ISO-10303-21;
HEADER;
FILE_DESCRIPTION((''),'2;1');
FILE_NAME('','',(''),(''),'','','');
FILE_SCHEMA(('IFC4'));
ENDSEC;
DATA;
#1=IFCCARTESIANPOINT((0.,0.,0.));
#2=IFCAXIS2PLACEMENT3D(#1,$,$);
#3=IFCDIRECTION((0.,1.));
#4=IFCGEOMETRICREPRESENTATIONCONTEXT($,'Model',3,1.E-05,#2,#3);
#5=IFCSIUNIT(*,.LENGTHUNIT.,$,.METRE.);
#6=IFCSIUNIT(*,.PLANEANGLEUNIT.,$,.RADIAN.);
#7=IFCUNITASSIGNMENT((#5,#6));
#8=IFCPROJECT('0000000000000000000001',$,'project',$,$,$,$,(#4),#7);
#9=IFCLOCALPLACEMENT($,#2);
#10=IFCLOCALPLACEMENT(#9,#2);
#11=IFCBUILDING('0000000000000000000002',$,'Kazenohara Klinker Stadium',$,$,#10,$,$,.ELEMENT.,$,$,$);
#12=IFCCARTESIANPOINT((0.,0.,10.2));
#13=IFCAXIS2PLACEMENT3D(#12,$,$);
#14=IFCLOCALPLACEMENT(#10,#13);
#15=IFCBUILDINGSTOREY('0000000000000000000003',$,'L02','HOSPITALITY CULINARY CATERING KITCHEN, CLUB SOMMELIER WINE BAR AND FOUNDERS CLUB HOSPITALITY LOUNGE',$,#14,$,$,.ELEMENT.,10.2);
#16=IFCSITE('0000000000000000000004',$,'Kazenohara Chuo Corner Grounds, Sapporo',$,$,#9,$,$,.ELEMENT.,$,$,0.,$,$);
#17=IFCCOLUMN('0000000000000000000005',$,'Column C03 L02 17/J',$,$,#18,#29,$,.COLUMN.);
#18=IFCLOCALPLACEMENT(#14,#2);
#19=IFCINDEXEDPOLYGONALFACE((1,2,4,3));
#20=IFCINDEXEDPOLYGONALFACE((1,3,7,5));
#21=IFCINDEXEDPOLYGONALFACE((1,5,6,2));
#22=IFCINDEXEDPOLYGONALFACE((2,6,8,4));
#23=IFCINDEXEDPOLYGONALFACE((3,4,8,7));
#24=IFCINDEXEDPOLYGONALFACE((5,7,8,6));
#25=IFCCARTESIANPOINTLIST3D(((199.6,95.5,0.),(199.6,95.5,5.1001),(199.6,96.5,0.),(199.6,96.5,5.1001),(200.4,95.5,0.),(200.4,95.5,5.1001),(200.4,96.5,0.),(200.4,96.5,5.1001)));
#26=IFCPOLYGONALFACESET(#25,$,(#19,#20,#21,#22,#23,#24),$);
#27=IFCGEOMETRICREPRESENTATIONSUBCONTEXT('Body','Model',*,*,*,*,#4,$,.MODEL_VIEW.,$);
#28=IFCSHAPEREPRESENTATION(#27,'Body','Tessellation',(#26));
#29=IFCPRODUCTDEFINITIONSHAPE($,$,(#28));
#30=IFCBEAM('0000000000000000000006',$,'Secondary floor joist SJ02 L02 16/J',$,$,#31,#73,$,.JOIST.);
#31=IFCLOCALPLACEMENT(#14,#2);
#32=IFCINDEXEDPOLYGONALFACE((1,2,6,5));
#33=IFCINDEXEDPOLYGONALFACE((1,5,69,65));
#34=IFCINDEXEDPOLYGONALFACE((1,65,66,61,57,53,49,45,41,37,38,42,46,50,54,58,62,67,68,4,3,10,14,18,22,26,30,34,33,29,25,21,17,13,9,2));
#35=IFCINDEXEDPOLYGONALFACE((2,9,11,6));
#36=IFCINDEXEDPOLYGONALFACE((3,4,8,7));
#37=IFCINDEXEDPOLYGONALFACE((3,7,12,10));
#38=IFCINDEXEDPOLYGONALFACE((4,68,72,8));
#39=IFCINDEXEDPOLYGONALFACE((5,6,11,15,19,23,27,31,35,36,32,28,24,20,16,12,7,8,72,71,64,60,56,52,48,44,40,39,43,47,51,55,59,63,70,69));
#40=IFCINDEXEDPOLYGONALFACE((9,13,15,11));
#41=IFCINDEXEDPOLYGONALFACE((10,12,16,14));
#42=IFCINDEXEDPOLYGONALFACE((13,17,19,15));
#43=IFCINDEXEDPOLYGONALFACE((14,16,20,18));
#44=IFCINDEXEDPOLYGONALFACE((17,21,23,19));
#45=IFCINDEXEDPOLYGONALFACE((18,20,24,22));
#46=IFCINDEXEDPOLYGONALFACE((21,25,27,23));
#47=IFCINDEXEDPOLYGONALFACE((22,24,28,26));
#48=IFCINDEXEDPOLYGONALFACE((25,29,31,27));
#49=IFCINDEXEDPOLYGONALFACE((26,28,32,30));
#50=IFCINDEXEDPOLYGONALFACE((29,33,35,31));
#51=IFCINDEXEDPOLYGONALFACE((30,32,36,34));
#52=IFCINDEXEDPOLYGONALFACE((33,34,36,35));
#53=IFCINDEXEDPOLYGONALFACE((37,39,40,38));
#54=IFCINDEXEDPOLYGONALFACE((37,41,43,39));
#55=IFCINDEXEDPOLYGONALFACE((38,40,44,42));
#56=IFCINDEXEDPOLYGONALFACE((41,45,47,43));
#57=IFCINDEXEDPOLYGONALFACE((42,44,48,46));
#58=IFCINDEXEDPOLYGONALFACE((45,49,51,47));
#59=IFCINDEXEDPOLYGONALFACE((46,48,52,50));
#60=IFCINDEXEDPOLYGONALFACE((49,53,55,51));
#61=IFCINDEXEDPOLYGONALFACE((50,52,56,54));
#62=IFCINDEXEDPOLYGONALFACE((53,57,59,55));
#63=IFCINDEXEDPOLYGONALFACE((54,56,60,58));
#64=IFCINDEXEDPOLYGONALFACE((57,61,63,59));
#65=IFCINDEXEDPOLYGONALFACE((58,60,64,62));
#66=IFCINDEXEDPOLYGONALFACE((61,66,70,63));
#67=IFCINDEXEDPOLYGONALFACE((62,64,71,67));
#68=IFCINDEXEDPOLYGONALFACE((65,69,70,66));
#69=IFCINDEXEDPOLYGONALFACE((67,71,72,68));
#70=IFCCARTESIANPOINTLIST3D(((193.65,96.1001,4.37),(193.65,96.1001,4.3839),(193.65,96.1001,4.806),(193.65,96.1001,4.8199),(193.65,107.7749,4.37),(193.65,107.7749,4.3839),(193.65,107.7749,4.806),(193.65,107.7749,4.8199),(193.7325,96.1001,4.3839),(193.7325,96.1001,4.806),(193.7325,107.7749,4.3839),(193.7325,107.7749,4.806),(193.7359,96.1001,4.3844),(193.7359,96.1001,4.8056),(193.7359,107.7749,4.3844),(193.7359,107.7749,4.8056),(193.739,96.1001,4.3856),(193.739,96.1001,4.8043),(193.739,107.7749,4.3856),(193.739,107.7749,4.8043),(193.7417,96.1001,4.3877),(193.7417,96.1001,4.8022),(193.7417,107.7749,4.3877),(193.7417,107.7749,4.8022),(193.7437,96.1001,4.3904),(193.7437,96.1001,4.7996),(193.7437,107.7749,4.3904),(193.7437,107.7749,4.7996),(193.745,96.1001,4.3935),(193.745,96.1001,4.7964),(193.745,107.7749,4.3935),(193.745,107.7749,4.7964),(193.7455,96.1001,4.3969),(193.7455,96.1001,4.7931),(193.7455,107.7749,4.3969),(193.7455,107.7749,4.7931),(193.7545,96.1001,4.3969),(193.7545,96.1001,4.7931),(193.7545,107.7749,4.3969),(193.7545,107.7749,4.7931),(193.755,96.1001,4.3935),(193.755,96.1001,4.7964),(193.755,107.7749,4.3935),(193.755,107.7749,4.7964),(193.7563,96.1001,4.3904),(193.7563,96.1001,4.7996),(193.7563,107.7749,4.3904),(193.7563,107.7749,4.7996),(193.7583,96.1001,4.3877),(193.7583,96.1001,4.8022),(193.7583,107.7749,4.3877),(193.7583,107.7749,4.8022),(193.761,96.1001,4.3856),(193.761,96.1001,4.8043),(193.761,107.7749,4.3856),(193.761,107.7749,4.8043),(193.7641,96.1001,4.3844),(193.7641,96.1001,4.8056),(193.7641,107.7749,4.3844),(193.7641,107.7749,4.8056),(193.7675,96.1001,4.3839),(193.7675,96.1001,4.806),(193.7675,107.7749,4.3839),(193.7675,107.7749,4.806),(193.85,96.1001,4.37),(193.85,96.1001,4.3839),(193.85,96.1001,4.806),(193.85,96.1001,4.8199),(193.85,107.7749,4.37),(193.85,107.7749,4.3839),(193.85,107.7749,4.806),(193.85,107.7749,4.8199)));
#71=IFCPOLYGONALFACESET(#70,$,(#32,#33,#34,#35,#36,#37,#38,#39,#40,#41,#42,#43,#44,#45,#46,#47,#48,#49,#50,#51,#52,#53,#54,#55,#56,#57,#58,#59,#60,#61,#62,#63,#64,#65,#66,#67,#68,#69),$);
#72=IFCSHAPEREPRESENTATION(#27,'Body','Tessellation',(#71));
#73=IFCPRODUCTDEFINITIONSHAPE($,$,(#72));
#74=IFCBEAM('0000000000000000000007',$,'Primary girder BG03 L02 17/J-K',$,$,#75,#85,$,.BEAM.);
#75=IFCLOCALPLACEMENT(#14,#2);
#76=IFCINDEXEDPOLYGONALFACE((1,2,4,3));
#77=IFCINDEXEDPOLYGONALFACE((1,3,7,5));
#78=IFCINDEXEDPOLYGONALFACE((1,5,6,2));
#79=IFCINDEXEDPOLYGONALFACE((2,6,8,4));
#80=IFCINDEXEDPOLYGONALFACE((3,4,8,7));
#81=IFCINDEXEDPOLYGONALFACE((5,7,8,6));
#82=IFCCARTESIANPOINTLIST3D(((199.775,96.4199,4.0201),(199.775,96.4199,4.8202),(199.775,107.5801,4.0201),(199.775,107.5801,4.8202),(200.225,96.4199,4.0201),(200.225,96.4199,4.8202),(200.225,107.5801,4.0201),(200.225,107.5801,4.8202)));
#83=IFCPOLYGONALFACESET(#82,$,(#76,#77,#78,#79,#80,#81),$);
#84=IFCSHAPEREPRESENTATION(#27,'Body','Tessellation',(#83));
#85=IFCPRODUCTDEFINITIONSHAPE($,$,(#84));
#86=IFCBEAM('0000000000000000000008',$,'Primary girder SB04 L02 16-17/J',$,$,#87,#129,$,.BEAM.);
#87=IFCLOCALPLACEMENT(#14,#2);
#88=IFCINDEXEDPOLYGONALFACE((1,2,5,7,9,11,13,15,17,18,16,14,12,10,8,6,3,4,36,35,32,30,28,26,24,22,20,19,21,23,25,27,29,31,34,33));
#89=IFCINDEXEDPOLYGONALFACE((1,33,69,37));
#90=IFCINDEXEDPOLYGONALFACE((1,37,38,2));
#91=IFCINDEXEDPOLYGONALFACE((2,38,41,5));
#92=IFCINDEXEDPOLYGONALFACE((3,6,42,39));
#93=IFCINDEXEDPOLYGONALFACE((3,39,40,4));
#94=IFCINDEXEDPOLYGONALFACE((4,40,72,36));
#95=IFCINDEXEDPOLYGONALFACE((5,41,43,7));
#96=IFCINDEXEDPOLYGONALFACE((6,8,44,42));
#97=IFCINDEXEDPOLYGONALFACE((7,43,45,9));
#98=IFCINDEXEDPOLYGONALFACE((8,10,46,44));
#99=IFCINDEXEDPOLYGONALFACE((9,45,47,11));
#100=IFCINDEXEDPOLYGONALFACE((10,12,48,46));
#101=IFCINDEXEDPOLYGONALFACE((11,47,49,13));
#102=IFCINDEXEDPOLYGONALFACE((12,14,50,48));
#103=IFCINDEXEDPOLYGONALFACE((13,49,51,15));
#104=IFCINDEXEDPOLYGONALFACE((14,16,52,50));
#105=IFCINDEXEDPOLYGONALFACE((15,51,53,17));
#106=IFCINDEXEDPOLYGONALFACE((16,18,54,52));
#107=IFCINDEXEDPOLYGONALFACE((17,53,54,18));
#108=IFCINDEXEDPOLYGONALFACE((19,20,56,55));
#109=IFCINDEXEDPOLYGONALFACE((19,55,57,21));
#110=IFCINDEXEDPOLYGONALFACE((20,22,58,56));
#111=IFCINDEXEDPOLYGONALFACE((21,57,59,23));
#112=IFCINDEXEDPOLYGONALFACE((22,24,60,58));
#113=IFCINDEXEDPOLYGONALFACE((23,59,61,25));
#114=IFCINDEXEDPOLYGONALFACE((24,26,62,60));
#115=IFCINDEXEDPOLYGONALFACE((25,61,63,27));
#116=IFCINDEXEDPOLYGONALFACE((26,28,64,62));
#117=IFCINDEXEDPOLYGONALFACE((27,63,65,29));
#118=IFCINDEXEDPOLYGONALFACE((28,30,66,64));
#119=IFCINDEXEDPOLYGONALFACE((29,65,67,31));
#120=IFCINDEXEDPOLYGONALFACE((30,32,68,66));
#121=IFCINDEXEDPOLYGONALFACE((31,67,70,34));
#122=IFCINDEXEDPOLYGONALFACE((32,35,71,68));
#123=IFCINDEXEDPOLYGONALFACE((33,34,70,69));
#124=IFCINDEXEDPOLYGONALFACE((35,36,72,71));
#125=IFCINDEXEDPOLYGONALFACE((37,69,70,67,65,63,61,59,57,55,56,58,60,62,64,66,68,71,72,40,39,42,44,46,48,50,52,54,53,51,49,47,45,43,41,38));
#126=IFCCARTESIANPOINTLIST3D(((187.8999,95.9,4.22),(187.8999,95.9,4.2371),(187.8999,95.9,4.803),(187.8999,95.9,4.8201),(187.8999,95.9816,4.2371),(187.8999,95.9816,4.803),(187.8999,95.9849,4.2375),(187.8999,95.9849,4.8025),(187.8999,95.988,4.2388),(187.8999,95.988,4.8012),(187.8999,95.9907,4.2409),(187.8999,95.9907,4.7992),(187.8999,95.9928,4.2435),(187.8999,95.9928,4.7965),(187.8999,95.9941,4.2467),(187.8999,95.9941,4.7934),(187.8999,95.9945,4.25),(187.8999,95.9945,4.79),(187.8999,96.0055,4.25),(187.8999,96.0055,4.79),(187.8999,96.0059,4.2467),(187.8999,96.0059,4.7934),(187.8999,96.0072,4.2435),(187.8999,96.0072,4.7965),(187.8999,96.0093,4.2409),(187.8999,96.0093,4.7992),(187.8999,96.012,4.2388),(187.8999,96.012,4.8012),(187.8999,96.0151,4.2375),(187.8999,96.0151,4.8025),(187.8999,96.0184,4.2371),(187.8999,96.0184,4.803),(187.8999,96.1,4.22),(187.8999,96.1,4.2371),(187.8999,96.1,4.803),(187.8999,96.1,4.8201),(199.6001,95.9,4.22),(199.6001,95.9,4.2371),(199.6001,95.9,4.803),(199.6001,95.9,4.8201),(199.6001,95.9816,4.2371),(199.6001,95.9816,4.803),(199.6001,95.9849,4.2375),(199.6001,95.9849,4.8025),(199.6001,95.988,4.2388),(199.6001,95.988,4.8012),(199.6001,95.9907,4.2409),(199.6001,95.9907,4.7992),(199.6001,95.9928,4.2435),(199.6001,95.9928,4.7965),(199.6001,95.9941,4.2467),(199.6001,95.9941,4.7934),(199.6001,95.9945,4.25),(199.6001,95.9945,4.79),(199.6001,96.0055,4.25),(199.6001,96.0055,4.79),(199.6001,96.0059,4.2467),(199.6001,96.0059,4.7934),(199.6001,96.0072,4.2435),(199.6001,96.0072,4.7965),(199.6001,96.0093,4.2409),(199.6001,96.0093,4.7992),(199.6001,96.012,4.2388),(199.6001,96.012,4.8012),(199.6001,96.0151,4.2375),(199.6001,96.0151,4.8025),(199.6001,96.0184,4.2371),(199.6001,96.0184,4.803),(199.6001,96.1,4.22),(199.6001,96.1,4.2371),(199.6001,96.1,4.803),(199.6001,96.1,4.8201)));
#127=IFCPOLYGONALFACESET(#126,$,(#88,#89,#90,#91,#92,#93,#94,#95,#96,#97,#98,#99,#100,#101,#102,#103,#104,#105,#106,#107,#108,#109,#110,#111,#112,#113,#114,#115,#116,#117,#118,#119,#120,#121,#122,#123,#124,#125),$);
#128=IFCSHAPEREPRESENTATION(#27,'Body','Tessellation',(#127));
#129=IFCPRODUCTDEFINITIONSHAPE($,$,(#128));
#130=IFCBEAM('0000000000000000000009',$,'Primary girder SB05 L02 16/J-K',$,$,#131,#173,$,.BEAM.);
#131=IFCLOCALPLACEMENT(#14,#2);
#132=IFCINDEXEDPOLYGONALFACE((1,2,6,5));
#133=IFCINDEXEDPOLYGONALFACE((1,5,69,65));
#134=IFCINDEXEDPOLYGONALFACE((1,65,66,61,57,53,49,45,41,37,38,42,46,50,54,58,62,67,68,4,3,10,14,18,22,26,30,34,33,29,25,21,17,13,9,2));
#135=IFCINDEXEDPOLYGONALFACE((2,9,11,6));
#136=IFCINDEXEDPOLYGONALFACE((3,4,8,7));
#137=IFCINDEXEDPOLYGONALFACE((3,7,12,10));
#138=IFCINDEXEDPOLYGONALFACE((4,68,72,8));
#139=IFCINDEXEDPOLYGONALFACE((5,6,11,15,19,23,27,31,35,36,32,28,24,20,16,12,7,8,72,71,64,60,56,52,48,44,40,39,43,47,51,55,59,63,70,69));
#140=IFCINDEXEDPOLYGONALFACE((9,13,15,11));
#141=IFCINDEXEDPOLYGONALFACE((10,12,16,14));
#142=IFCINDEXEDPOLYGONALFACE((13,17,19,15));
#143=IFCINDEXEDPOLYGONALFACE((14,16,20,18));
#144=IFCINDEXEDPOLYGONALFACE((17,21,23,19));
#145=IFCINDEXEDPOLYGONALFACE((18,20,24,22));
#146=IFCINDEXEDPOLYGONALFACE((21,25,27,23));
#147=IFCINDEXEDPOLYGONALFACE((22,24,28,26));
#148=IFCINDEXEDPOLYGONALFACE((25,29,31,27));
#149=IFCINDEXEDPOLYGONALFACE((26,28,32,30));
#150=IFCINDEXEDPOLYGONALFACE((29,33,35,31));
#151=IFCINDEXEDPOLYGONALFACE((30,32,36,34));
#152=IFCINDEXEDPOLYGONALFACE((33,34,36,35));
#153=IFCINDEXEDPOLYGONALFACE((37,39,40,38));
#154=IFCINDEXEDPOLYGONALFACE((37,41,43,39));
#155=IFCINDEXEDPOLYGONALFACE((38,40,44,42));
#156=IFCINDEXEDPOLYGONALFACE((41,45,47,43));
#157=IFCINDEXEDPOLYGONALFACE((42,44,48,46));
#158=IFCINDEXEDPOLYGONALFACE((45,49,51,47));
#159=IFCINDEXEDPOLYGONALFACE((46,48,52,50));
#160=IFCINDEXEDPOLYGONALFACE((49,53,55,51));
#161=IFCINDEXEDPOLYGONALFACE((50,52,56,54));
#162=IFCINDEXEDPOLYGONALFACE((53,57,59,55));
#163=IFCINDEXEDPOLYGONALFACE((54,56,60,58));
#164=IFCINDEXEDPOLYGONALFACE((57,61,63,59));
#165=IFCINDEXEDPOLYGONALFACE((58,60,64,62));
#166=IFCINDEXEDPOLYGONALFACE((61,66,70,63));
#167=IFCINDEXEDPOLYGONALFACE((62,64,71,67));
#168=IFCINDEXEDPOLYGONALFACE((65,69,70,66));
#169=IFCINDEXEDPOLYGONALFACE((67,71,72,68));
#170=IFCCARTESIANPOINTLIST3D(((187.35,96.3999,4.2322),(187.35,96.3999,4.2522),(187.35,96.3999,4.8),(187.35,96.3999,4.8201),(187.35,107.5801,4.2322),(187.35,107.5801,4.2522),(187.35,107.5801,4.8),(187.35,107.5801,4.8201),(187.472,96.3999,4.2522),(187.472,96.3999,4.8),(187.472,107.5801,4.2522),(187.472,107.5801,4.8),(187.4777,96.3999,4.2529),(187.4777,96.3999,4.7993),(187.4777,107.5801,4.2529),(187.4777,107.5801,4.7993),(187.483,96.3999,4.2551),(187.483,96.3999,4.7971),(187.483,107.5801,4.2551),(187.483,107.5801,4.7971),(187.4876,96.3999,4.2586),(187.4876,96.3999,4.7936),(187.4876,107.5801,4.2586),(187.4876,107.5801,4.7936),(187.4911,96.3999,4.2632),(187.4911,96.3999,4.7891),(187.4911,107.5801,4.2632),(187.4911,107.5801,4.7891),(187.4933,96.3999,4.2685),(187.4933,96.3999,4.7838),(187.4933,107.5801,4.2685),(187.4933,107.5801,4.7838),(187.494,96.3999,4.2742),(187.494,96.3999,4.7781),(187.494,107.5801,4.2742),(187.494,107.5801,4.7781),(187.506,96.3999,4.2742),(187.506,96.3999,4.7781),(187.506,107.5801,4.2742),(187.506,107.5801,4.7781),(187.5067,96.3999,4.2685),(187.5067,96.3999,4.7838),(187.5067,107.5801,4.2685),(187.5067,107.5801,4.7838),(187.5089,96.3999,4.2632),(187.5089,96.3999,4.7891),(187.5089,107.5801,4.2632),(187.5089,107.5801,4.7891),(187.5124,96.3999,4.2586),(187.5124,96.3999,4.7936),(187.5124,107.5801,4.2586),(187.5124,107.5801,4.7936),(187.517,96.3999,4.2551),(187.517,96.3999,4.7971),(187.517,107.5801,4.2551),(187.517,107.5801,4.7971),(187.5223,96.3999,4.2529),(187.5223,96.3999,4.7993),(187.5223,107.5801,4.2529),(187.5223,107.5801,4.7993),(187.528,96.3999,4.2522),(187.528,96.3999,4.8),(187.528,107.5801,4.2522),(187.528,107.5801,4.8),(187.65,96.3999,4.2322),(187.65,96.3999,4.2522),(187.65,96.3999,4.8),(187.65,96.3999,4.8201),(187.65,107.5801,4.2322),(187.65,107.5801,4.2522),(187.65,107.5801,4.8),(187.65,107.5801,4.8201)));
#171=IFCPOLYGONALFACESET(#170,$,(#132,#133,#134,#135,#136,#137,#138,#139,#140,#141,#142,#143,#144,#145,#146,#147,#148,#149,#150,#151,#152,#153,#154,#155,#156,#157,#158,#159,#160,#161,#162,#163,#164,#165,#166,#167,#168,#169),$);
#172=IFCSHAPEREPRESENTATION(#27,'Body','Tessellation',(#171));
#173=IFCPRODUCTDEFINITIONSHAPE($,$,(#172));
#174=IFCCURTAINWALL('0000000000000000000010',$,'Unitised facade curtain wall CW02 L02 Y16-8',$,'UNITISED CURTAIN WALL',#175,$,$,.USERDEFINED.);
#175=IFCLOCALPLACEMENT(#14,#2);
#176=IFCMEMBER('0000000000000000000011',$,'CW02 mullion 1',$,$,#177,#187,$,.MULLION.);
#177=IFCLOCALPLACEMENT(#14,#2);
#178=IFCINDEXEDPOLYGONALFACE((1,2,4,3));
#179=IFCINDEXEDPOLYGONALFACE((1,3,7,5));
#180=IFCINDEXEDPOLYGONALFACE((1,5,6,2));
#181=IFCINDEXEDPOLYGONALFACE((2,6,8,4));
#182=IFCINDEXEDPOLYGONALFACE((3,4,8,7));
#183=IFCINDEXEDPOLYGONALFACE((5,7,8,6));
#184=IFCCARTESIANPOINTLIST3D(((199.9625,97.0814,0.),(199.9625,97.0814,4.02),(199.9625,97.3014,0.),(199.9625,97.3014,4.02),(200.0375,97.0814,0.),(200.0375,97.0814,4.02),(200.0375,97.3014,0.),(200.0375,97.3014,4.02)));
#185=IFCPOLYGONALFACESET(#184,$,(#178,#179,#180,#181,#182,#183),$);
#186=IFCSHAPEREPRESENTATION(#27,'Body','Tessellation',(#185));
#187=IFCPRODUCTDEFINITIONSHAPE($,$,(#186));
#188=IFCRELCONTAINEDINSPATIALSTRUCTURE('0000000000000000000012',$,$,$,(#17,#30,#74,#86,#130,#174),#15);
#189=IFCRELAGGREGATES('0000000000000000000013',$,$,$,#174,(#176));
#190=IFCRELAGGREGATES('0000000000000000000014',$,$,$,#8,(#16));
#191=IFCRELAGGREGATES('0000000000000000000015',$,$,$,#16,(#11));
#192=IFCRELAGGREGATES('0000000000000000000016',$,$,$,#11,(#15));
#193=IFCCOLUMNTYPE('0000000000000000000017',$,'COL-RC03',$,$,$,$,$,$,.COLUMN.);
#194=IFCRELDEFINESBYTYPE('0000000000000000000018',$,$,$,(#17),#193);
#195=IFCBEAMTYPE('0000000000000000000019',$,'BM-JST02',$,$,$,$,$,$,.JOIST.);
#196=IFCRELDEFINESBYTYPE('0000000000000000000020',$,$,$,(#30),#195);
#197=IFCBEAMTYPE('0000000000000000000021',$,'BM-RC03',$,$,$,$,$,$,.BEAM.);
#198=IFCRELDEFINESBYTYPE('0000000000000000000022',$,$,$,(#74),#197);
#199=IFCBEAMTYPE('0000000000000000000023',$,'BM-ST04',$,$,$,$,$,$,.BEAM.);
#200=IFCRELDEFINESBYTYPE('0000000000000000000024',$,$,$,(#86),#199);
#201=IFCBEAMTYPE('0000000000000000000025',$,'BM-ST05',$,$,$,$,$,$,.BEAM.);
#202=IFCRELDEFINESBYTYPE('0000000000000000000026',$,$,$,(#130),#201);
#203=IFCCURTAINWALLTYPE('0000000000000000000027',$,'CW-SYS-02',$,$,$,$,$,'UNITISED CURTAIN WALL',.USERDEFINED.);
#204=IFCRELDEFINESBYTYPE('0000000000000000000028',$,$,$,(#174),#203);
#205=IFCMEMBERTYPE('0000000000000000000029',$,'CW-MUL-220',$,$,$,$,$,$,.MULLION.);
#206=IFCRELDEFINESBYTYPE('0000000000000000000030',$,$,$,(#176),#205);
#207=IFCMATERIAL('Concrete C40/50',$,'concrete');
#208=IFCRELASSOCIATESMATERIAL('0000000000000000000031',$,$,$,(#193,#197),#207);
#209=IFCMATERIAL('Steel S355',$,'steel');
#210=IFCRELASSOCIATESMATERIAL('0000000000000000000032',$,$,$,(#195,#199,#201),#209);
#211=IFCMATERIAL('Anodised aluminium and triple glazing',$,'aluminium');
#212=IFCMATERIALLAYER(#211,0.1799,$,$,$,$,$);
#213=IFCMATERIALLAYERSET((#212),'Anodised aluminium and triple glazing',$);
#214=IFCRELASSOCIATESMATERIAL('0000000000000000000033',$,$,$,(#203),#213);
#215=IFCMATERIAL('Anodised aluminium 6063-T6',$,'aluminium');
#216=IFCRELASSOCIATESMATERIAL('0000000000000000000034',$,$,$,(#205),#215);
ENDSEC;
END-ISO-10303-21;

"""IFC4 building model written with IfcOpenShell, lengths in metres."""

from ifc_helpers import new_model, si_unit, direction, frame, origin, origin_2d, place, context, subcontext, project, spatial, rectangle, i_section, extrude, material, layer, layer_set, material_profile, profile_set, type_object, element, aggregate, save


model = new_model("IFC4")

# Units and contexts
model_context = context("Model", 3, precision=1e-05, world=origin(), true_north=direction((0.0, 1.0)))
body_context = subcontext(model_context, "Body", "Model", "MODEL_VIEW")
ifc_project = project(units=[si_unit("LENGTHUNIT", "METRE"), si_unit("PLANEANGLEUNIT", "RADIAN")], contexts=[model_context])

# Site, building, storey
site_placement = place(None, origin())
site = spatial("IfcSite", under=ifc_project, at=site_placement, Name="Kazenohara Chuo Corner Grounds, Sapporo", CompositionType="ELEMENT", RefElevation=0.0)
building_placement = place(site_placement, origin())
building = spatial("IfcBuilding", under=site, at=building_placement, Name="Kazenohara Klinker Stadium", CompositionType="ELEMENT")
storey_placement = place(building_placement, frame((0.0, 0.0, 10.2)))
storey = spatial("IfcBuildingStorey", under=building, at=storey_placement, Name="L02", Description="HOSPITALITY CULINARY CATERING KITCHEN, CLUB SOMMELIER WINE BAR AND FOUNDERS CLUB HOSPITALITY LOUNGE", CompositionType="ELEMENT", Elevation=10.2)

# Column
ifc_material_1 = material(Name="Concrete C40/50", Category="concrete")
ifc_material_profile_1 = material_profile(ifc_material_1, rectangle(XDim=0.8, YDim=1.0, at=origin_2d()), Name="RC-COL-1000x800")
ifc_profile_set_1 = profile_set([ifc_material_profile_1], Name="Concrete C40/50")
column_type = type_object("IfcColumnType", Name="COL-RC03", PredefinedType="COLUMN", material=ifc_profile_set_1)
column_placement = place(storey_placement, frame((200.0, 96.0, 0.0), z_axis=(0.0, 0.0, 1.0), x_axis=(1.0, 0.0, 0.0)))
element("IfcColumn", 1, at=column_placement, inside=storey, type_object=column_type, Name="Column C03 L02 17/J", PredefinedType="COLUMN", context=body_context, shape_type="SweptSolid", body=[
    extrude(rectangle(XDim=0.8, YDim=1.0, at=origin_2d()), origin(), (0.0, 0.0, 1.0), 5.1001),
])

# Beams
ifc_material_2 = material(Name="Steel S355", Category="steel")
ifc_material_profile_2 = material_profile(ifc_material_2, i_section(OverallWidth=0.2, OverallDepth=0.45, WebThickness=0.009, FlangeThickness=0.0139, FilletRadius=0.0129, at=origin_2d()), Name="H-450x200x9x14")
ifc_profile_set_2 = profile_set([ifc_material_profile_2], Name="Steel S355")
beam_type_1 = type_object("IfcBeamType", Name="BM-JST02", PredefinedType="JOIST", material=ifc_profile_set_2)
beam_1_placement = place(storey_placement, frame((193.75, 96.1001, 4.595), z_axis=(0.0, 1.0, 0.0), x_axis=(-1.0, 0.0, 0.0)))
element("IfcBeam", 2, at=beam_1_placement, inside=storey, type_object=beam_type_1, Name="Secondary floor joist SJ02 L02 16/J", PredefinedType="JOIST", context=body_context, shape_type="SweptSolid", body=[
    extrude(i_section(OverallWidth=0.2, OverallDepth=0.45, WebThickness=0.009, FlangeThickness=0.0139, FilletRadius=0.0129, at=origin_2d()), origin(), (0.0, 0.0, 1.0), 11.6748),
])
ifc_material_profile_3 = material_profile(ifc_material_1, rectangle(XDim=0.45, YDim=0.8, at=origin_2d()), Name="RC-BM-450x800")
ifc_profile_set_3 = profile_set([ifc_material_profile_3], Name="Concrete C40/50")
beam_type_2 = type_object("IfcBeamType", Name="BM-RC03", PredefinedType="BEAM", material=ifc_profile_set_3)
beam_2_placement = place(storey_placement, frame((200.0, 96.4199, 4.4202), z_axis=(0.0, 1.0, 0.0), x_axis=(-1.0, 0.0, 0.0)))
element("IfcBeam", 3, at=beam_2_placement, inside=storey, type_object=beam_type_2, Name="Primary girder BG03 L02 17/J-K", PredefinedType="BEAM", context=body_context, shape_type="SweptSolid", body=[
    extrude(rectangle(XDim=0.45, YDim=0.8, at=origin_2d()), origin(), (0.0, 0.0, 1.0), 11.1602),
])
ifc_material_profile_4 = material_profile(ifc_material_2, i_section(OverallWidth=0.2, OverallDepth=0.6001, WebThickness=0.011, FlangeThickness=0.0171, FilletRadius=0.0129, at=origin_2d()), Name="H-600x200x11x17")
ifc_profile_set_4 = profile_set([ifc_material_profile_4], Name="Steel S355")
beam_type_3 = type_object("IfcBeamType", Name="BM-ST04", PredefinedType="BEAM", material=ifc_profile_set_4)
beam_3_placement = place(storey_placement, frame((187.8999, 96.0, 4.52), z_axis=(1.0, 0.0, 0.0), x_axis=(0.0, 1.0, 0.0)))
element("IfcBeam", 4, at=beam_3_placement, inside=storey, type_object=beam_type_3, Name="Primary girder SB04 L02 16-17/J", PredefinedType="BEAM", context=body_context, shape_type="SweptSolid", body=[
    extrude(i_section(OverallWidth=0.2, OverallDepth=0.6001, WebThickness=0.011, FlangeThickness=0.0171, FilletRadius=0.0129, at=origin_2d()), origin(), (0.0, 0.0, 1.0), 11.7002),
])
ifc_material_profile_5 = material_profile(ifc_material_2, i_section(OverallWidth=0.3, OverallDepth=0.5879, WebThickness=0.012, FlangeThickness=0.02, FilletRadius=0.022, at=origin_2d()), Name="H-588x300x12x20")
ifc_profile_set_5 = profile_set([ifc_material_profile_5], Name="Steel S355")
beam_type_4 = type_object("IfcBeamType", Name="BM-ST05", PredefinedType="BEAM", material=ifc_profile_set_5)
beam_4_placement = place(storey_placement, frame((187.5, 96.3999, 4.5261), z_axis=(0.0, 1.0, 0.0), x_axis=(-1.0, 0.0, 0.0)))
element("IfcBeam", 5, at=beam_4_placement, inside=storey, type_object=beam_type_4, Name="Primary girder SB05 L02 16/J-K", PredefinedType="BEAM", context=body_context, shape_type="SweptSolid", body=[
    extrude(i_section(OverallWidth=0.3, OverallDepth=0.5879, WebThickness=0.012, FlangeThickness=0.02, FilletRadius=0.022, at=origin_2d()), origin(), (0.0, 0.0, 1.0), 11.1802),
])

# Curtain wall, member
ifc_material_3 = material(Name="Anodised aluminium and triple glazing", Category="aluminium")
ifc_layer_1 = layer(ifc_material_3, 0.1799)
ifc_layer_set_1 = layer_set([ifc_layer_1], Name="Anodised aluminium and triple glazing")
curtain_wall_type = type_object("IfcCurtainWallType", Name="CW-SYS-02", ElementType="UNITISED CURTAIN WALL", PredefinedType="USERDEFINED", material=ifc_layer_set_1)
curtain_wall_placement = place(storey_placement, origin())
curtain_wall = element("IfcCurtainWall", 6, at=curtain_wall_placement, inside=storey, type_object=curtain_wall_type, Name="Unitised facade curtain wall CW02 L02 Y16-8", ObjectType="UNITISED CURTAIN WALL", PredefinedType="USERDEFINED")
ifc_material_4 = material(Name="Anodised aluminium 6063-T6", Category="aluminium")
ifc_material_profile_6 = material_profile(ifc_material_4, rectangle(XDim=0.075, YDim=0.22, at=origin_2d()), Name="ALU-MUL-75x220")
ifc_profile_set_6 = profile_set([ifc_material_profile_6], Name="Anodised aluminium 6063-T6")
member_type_1 = type_object("IfcMemberType", Name="CW-MUL-220", PredefinedType="MULLION", material=ifc_profile_set_6)
member_1_placement = place(storey_placement, frame((200.0, 97.1914, 0.0), z_axis=(0.0, 0.0, 1.0), x_axis=(-1.0, 0.0, 0.0)))
member_1 = element("IfcMember", 7, at=member_1_placement, type_object=member_type_1, Name="CW02 mullion 1", PredefinedType="MULLION", context=body_context, shape_type="SweptSolid", body=[
    extrude(rectangle(XDim=0.075, YDim=0.22, at=origin_2d()), origin(), (0.0, 0.0, 1.0), 4.02),
])

aggregate(curtain_wall, [member_1])

save(model, "model.ifc")
